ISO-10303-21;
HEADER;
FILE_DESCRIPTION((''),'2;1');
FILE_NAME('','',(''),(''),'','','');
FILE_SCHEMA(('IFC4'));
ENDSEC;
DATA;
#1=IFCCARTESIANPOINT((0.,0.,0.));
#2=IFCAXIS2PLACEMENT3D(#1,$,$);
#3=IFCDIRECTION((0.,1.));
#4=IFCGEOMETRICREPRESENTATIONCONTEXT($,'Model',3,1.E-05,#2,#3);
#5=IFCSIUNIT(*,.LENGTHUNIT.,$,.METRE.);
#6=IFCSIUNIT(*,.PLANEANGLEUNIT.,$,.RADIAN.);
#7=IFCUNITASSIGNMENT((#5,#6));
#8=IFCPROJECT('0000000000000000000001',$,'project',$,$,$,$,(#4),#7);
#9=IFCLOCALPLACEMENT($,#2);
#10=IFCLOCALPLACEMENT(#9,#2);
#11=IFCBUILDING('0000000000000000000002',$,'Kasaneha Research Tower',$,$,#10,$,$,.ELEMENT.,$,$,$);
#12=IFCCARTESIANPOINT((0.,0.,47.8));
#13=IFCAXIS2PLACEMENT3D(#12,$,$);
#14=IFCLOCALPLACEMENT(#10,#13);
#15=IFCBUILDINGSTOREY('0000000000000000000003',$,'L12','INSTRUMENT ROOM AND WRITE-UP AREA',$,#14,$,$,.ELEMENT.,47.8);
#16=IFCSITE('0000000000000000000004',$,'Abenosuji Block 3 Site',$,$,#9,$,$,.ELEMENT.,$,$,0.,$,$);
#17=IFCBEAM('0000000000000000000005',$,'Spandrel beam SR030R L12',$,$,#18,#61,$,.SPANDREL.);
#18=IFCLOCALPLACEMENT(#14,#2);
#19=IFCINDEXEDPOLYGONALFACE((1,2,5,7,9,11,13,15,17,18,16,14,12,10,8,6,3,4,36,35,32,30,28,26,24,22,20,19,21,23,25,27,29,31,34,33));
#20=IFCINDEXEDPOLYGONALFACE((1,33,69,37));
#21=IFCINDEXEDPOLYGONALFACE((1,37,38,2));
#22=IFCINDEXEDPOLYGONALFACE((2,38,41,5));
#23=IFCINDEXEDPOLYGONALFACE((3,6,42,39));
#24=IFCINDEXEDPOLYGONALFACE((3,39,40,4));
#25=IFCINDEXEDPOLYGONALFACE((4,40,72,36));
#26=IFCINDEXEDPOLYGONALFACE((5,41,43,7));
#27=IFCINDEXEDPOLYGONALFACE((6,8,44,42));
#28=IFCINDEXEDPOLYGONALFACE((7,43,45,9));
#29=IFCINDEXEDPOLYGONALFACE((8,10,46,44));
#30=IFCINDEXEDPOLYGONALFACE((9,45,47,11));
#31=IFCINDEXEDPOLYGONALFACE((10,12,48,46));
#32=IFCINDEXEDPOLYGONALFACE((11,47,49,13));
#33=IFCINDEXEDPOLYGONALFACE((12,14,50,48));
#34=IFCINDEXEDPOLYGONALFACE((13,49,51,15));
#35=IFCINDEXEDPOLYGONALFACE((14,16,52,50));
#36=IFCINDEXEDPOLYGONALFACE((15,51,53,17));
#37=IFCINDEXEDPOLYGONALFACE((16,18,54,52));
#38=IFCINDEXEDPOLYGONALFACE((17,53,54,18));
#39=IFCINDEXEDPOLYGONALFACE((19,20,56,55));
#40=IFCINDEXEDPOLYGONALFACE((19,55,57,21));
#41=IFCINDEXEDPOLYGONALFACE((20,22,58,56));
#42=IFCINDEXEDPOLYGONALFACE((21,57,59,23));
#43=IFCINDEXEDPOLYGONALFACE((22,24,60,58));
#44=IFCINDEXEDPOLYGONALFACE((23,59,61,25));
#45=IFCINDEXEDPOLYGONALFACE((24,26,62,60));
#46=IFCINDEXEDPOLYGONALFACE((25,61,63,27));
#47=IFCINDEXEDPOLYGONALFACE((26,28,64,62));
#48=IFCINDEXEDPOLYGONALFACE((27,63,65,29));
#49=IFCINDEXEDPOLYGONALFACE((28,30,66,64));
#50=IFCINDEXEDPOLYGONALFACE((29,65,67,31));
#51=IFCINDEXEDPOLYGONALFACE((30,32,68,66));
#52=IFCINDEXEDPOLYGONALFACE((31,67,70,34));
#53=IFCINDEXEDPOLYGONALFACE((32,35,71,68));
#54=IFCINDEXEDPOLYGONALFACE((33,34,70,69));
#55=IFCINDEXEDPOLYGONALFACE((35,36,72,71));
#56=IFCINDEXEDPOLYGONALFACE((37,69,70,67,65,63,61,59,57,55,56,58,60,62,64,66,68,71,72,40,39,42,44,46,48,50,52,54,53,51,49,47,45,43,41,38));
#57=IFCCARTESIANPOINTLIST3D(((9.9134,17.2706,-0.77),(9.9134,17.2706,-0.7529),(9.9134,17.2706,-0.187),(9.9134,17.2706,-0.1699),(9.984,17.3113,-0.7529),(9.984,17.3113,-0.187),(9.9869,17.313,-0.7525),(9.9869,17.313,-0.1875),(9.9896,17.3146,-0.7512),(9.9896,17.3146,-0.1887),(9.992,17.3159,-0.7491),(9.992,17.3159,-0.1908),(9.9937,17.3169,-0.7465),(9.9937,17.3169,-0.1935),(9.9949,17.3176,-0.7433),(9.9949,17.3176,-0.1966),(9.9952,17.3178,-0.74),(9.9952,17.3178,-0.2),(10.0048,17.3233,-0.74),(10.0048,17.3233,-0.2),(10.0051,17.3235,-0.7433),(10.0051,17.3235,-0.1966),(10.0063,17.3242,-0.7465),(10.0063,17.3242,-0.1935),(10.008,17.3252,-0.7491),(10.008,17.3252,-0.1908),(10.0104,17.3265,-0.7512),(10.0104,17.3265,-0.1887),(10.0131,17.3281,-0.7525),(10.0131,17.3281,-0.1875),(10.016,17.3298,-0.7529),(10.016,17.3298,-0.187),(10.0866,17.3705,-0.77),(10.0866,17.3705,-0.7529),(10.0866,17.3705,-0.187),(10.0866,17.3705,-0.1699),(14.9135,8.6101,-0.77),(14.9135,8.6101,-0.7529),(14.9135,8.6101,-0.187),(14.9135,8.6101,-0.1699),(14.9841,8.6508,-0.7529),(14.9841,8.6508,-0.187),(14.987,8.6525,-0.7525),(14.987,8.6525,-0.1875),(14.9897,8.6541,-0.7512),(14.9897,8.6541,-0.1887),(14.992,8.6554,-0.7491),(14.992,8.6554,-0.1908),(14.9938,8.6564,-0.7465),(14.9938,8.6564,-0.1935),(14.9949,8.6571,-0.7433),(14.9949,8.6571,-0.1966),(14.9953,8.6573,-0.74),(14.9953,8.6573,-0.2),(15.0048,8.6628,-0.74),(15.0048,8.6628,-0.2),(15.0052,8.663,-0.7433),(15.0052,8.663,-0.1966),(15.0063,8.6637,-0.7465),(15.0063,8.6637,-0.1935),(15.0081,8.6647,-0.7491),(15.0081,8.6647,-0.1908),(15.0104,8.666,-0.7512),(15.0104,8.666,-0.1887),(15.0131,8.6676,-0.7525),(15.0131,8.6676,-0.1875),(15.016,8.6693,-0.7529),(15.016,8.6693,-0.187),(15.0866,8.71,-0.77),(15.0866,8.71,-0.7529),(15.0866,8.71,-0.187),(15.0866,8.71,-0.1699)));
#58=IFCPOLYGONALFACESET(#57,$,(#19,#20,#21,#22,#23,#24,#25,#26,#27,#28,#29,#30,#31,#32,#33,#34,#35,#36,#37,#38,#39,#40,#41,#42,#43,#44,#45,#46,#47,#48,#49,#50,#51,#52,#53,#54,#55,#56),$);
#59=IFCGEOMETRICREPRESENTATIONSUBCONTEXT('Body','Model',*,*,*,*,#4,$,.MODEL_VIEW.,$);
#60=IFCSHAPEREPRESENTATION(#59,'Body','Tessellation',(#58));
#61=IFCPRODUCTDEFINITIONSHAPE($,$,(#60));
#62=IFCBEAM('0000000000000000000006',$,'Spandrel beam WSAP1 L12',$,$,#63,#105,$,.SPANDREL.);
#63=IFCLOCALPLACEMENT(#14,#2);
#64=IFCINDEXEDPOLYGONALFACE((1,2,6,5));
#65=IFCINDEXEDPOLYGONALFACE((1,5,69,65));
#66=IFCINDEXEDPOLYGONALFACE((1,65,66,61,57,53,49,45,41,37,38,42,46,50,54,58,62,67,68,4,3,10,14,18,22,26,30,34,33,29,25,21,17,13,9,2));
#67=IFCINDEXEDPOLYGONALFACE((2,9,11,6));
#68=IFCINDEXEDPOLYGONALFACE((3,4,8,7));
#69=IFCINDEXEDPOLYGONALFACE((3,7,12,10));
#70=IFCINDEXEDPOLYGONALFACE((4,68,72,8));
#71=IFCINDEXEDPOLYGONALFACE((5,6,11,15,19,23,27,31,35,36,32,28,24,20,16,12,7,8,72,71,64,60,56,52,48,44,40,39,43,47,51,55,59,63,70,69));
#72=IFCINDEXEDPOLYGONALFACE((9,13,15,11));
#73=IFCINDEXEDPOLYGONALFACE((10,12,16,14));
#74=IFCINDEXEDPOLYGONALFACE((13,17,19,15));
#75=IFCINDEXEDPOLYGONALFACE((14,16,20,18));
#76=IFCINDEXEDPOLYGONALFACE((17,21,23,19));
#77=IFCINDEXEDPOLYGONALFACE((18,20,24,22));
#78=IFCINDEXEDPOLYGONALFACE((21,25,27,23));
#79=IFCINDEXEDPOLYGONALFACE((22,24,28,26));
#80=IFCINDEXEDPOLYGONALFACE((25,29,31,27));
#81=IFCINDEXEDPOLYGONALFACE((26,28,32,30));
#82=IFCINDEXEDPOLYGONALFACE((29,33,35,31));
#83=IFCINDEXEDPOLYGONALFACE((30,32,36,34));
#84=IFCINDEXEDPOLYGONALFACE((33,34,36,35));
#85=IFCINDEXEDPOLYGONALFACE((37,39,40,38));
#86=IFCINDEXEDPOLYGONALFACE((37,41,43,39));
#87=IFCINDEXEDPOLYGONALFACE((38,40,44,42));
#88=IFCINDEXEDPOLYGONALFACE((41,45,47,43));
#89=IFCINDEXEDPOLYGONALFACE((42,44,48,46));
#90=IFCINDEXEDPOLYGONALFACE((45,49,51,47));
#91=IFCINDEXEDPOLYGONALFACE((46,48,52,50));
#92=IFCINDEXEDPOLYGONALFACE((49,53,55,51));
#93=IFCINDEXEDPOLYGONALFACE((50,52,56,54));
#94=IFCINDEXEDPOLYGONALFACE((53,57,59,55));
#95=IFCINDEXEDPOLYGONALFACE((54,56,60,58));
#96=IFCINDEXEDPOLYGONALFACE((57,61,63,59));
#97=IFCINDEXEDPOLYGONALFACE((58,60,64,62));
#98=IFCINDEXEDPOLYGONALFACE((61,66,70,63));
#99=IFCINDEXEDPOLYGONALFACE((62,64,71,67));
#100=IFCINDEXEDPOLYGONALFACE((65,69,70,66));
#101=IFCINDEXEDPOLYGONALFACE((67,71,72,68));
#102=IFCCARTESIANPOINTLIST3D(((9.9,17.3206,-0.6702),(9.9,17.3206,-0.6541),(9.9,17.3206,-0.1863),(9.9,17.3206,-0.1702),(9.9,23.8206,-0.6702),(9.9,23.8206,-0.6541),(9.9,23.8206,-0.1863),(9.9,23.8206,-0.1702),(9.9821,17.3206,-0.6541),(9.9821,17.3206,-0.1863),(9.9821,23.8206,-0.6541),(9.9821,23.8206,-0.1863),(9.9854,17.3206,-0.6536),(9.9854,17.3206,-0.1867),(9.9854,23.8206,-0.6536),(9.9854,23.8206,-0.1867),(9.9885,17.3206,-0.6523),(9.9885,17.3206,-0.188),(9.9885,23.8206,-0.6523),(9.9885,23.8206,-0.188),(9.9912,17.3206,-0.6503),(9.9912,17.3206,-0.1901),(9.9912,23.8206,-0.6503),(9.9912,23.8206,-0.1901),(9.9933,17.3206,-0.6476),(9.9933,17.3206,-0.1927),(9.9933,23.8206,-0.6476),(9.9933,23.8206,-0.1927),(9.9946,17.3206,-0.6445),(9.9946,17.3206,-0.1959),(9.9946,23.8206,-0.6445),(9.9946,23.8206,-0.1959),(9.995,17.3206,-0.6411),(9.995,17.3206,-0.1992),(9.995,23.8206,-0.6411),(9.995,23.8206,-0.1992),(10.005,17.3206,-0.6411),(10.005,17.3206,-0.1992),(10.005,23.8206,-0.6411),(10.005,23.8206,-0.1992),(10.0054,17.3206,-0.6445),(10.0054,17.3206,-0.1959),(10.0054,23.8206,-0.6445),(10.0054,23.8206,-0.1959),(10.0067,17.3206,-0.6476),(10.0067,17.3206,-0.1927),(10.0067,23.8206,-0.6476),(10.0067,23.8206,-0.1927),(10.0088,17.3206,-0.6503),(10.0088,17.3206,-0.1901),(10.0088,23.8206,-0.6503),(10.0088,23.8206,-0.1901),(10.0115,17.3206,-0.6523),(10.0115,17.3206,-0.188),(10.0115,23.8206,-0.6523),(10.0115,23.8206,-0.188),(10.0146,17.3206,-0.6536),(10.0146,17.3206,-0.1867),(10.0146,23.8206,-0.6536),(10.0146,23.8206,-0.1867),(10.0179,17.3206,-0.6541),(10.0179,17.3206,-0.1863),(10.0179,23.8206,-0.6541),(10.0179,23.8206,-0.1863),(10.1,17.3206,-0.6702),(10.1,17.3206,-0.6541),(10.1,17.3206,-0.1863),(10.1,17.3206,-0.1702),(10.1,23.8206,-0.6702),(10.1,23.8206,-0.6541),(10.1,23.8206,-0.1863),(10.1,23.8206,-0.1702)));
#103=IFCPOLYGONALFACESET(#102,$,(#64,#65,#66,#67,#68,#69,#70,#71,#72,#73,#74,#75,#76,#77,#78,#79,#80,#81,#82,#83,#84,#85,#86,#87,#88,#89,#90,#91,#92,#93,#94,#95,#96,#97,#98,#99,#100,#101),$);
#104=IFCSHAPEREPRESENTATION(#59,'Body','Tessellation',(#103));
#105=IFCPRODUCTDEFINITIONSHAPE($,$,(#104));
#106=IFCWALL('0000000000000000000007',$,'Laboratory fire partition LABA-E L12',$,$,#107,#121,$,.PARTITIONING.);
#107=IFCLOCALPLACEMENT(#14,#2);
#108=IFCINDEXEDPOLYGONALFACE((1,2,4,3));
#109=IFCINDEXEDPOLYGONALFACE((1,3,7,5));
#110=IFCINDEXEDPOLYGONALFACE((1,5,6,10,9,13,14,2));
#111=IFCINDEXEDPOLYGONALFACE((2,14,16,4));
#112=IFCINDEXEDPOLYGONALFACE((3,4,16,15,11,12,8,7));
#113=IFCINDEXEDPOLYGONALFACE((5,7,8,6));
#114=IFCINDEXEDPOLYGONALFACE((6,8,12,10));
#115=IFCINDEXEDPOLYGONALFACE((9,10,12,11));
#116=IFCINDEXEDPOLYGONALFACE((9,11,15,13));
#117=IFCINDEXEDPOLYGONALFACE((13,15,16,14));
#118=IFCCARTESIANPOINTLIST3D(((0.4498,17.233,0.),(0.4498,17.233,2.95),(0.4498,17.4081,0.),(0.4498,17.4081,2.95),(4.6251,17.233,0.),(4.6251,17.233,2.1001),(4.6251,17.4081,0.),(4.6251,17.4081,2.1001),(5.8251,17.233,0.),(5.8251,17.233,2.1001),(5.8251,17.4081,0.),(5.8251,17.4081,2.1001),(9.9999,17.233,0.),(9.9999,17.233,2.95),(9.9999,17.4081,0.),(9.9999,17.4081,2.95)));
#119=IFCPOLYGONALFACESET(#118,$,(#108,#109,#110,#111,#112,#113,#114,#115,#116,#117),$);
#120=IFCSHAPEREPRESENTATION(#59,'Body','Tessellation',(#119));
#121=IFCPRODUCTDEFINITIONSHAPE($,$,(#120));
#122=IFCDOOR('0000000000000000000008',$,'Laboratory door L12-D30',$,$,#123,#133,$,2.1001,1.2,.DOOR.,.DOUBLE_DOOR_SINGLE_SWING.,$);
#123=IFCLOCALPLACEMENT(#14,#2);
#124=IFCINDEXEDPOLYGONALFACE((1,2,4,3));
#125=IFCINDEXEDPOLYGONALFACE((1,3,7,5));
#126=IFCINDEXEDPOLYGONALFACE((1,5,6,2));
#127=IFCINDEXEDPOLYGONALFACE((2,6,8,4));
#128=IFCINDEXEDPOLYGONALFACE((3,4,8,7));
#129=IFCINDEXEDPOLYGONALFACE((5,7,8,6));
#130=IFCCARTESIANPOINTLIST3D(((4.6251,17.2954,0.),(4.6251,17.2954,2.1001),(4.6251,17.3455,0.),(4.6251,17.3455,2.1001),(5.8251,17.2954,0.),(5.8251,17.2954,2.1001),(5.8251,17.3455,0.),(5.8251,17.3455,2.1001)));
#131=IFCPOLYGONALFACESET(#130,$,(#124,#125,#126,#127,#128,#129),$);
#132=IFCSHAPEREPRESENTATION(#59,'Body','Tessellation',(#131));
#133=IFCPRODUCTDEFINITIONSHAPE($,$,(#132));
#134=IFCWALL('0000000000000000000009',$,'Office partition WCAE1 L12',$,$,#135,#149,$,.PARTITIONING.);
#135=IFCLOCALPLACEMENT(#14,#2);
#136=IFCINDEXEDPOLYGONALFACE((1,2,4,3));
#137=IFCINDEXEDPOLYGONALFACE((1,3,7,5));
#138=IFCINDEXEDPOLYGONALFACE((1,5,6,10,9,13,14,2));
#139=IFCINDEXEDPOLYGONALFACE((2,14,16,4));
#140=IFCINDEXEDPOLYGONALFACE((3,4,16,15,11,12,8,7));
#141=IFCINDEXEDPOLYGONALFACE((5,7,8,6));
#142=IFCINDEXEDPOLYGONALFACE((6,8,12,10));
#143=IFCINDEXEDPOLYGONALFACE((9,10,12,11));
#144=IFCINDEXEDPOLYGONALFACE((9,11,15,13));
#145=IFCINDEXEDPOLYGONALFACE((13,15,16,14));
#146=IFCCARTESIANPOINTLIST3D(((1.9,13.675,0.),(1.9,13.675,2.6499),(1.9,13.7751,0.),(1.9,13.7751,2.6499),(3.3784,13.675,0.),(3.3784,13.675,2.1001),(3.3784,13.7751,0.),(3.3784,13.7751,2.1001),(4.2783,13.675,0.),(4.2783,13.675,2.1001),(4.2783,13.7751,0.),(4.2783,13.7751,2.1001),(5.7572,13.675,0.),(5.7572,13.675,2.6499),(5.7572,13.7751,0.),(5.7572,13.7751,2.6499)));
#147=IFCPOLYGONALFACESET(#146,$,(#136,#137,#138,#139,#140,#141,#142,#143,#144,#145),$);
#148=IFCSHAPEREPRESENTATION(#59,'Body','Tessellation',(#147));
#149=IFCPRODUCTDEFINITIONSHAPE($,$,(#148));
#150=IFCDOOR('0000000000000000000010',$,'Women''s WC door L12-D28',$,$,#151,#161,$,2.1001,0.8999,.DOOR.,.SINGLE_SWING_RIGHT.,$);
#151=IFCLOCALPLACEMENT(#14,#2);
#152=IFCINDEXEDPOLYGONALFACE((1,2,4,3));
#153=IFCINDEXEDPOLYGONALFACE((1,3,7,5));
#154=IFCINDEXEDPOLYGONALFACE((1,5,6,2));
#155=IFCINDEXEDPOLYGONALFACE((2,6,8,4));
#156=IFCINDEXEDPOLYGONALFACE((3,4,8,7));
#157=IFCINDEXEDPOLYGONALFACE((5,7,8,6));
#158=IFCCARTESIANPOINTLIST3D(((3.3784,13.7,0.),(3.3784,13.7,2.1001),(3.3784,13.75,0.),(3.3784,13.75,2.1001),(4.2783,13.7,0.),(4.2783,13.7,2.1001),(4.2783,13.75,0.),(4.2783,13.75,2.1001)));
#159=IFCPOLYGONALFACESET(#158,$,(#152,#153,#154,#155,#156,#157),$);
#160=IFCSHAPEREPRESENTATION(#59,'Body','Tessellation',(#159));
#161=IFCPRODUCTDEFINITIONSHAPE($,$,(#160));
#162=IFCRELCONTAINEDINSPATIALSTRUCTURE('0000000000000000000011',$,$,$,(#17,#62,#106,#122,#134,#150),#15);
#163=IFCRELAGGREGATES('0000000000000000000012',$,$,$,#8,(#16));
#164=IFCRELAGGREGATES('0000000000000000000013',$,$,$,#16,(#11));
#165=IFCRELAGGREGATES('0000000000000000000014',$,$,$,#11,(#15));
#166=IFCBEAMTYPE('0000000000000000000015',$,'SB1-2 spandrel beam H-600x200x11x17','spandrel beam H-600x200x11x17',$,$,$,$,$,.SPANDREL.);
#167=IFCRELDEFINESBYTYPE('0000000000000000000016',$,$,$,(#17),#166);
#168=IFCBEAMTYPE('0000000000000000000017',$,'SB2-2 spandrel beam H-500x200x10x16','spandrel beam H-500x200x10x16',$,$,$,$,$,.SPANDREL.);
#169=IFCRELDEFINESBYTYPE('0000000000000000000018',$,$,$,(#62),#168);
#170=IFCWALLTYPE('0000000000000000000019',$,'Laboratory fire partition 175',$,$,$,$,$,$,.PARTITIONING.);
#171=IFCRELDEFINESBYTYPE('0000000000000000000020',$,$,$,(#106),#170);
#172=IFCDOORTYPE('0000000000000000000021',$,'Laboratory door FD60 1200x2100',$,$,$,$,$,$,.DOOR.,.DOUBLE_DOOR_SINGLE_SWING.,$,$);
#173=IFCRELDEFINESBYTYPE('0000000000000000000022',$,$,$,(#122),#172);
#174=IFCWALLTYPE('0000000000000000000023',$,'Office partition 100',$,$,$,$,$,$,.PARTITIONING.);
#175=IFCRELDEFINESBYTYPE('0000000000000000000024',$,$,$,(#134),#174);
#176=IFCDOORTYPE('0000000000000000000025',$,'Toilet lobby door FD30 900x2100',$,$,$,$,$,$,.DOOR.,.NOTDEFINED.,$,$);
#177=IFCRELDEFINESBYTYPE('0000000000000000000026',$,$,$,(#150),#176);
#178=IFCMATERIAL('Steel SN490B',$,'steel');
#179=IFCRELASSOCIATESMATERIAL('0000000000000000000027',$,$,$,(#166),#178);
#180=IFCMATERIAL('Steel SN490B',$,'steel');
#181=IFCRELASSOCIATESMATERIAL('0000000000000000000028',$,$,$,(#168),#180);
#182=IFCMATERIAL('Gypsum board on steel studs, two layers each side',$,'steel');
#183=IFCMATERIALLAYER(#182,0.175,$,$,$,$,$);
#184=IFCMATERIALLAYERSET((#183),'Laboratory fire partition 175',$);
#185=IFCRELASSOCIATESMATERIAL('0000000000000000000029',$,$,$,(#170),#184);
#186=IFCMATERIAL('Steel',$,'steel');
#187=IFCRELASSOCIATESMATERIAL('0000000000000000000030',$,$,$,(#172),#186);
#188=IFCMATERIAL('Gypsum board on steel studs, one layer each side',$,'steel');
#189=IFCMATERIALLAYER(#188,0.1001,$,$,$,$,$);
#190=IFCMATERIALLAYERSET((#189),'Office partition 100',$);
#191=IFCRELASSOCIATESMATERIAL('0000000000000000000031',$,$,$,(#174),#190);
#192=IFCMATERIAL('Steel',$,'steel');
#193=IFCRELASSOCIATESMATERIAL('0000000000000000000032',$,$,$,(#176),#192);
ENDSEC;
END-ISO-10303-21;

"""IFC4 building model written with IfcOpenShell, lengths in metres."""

from ifc_helpers import new_model, si_unit, direction, frame, frame_2d, origin, origin_2d, place, context, subcontext, project, spatial, rectangle, i_section, extrude, material, layer, layer_set, material_profile, profile_set, type_object, element, fill, save


model = new_model("IFC4")

# Units and contexts
model_context = context("Model", 3, precision=1e-05, world=origin(), true_north=direction((0.0, 1.0)))
body_context = subcontext(model_context, "Body", "Model", "MODEL_VIEW")
ifc_project = project(units=[si_unit("LENGTHUNIT", "METRE"), si_unit("PLANEANGLEUNIT", "RADIAN")], contexts=[model_context])

# Site, building, storey
site_placement = place(None, origin())
site = spatial("IfcSite", under=ifc_project, at=site_placement, Name="Abenosuji Block 3 Site", CompositionType="ELEMENT", RefElevation=0.0)
building_placement = place(site_placement, origin())
building = spatial("IfcBuilding", under=site, at=building_placement, Name="Kasaneha Research Tower", CompositionType="ELEMENT")
storey_placement = place(building_placement, frame((0.0, 0.0, 47.8)))
storey = spatial("IfcBuildingStorey", under=building, at=storey_placement, Name="L12", Description="INSTRUMENT ROOM AND WRITE-UP AREA", CompositionType="ELEMENT", Elevation=47.8)

# Beams
ifc_material_1 = material(Name="Steel SN490B", Category="steel")
ifc_material_profile_1 = material_profile(ifc_material_1, i_section(OverallWidth=0.2, OverallDepth=0.6001, WebThickness=0.011, FlangeThickness=0.0171, FilletRadius=0.0129, at=origin_2d()), Name="H-600x200x11x17")
ifc_profile_set_1 = profile_set([ifc_material_profile_1], Name="Steel SN490B")
beam_type_1 = type_object("IfcBeamType", Name="SB1-2 spandrel beam H-600x200x11x17", Description="spandrel beam H-600x200x11x17", PredefinedType="SPANDREL", material=ifc_profile_set_1)
beam_1_placement = place(storey_placement, frame((10.0, 17.3206, -0.47), z_axis=(0.499994, -0.866029, 0.0), x_axis=(0.866029, 0.499994, 0.0)))
element("IfcBeam", 1, at=beam_1_placement, inside=storey, type_object=beam_type_1, Name="Spandrel beam SR030R L12", PredefinedType="SPANDREL", context=body_context, shape_type="SweptSolid", body=[
    extrude(i_section(OverallWidth=0.2, OverallDepth=0.6001, WebThickness=0.011, FlangeThickness=0.0171, FilletRadius=0.0129, at=origin_2d()), origin(), (0.0, 0.0, 1.0), 10.0002),
])
ifc_material_2 = material(Name="Steel SN490B", Category="steel")
ifc_material_profile_2 = material_profile(ifc_material_2, i_section(OverallWidth=0.2, OverallDepth=0.5, WebThickness=0.01, FlangeThickness=0.0161, FilletRadius=0.0129, at=origin_2d()), Name="H-500x200x10x16")
ifc_profile_set_2 = profile_set([ifc_material_profile_2], Name="Steel SN490B")
beam_type_2 = type_object("IfcBeamType", Name="SB2-2 spandrel beam H-500x200x10x16", Description="spandrel beam H-500x200x10x16", PredefinedType="SPANDREL", material=ifc_profile_set_2)
beam_2_placement = place(storey_placement, frame((10.0, 17.3206, -0.4202), z_axis=(0.0, 1.0, 0.0), x_axis=(-1.0, 0.0, 0.0)))
element("IfcBeam", 2, at=beam_2_placement, inside=storey, type_object=beam_type_2, Name="Spandrel beam WSAP1 L12", PredefinedType="SPANDREL", context=body_context, shape_type="SweptSolid", body=[
    extrude(i_section(OverallWidth=0.2, OverallDepth=0.5, WebThickness=0.01, FlangeThickness=0.0161, FilletRadius=0.0129, at=origin_2d()), origin(), (0.0, 0.0, 1.0), 6.5),
])

# Walls, openings, doors
ifc_material_3 = material(Name="Gypsum board on steel studs, two layers each side", Category="steel")
ifc_layer_1 = layer(ifc_material_3, 0.175)
ifc_layer_set_1 = layer_set([ifc_layer_1], Name="Laboratory fire partition 175")
wall_type_1 = type_object("IfcWallType", Name="Laboratory fire partition 175", PredefinedType="PARTITIONING", material=ifc_layer_set_1)
wall_1_placement = place(storey_placement, frame((0.45, 17.3206, 0.0), z_axis=(0.0, 0.0, 1.0), x_axis=(1.0, 0.0, 0.0)))
wall_1 = element("IfcWall", 3, at=wall_1_placement, inside=storey, type_object=wall_type_1, Name="Laboratory fire partition LABA-E L12", PredefinedType="PARTITIONING", context=body_context, shape_type="SweptSolid", body=[
    extrude(rectangle(XDim=9.55, YDim=0.175, at=frame_2d((4.7749, 0.0))), origin(), (0.0, 0.0, 1.0), 2.95),
])
opening_1_placement = place(wall_1_placement, frame((4.175, 0.0, 0.0)))
opening_1 = element("IfcOpeningElement", 4, at=opening_1_placement, cuts=wall_1, PredefinedType="OPENING", context=body_context, shape_type="SweptSolid", body=[
    extrude(rectangle(XDim=1.2, YDim=2.1001, at=frame_2d((0.6001, 1.05))), frame((0.0, 0.0977, 0.0), z_axis=(0.0, -1.0, 0.0), x_axis=(1.0, 0.0, 0.0)), (0.0, 0.0, 1.0), 0.1951),
])
ifc_material_4 = material(Name="Steel", Category="steel")
door_type_1 = type_object("IfcDoorType", Name="Laboratory door FD60 1200x2100", OperationType="DOUBLE_DOOR_SINGLE_SWING", PredefinedType="DOOR", material=ifc_material_4)
door_1_placement = place(opening_1_placement, origin())
door_1 = element("IfcDoor", 5, at=door_1_placement, inside=storey, type_object=door_type_1, Name="Laboratory door L12-D30", OperationType="DOUBLE_DOOR_SINGLE_SWING", OverallHeight=2.1001, OverallWidth=1.2, PredefinedType="DOOR", context=body_context, shape_type="SweptSolid", body=[
    extrude(rectangle(XDim=1.2, YDim=2.1001, at=frame_2d((0.6001, 1.05))), frame((0.0, 0.0249, 0.0), z_axis=(0.0, -1.0, 0.0), x_axis=(1.0, 0.0, 0.0)), (0.0, 0.0, 1.0), 0.05),
])
fill(opening_1, door_1)
ifc_material_5 = material(Name="Gypsum board on steel studs, one layer each side", Category="steel")
ifc_layer_2 = layer(ifc_material_5, 0.1001)
ifc_layer_set_2 = layer_set([ifc_layer_2], Name="Office partition 100")
wall_type_2 = type_object("IfcWallType", Name="Office partition 100", PredefinedType="PARTITIONING", material=ifc_layer_set_2)
wall_2_placement = place(storey_placement, frame((1.8999, 13.7251, 0.0), z_axis=(0.0, 0.0, 1.0), x_axis=(1.0, 0.0, 0.0)))
wall_2 = element("IfcWall", 6, at=wall_2_placement, inside=storey, type_object=wall_type_2, Name="Office partition WCAE1 L12", PredefinedType="PARTITIONING", context=body_context, shape_type="SweptSolid", body=[
    extrude(rectangle(XDim=3.8572, YDim=0.1001, at=frame_2d((1.9287, 0.0))), origin(), (0.0, 0.0, 1.0), 2.6499),
])
opening_2_placement = place(wall_2_placement, frame((1.4785, 0.0, 0.0)))
opening_2 = element("IfcOpeningElement", 7, at=opening_2_placement, cuts=wall_2, PredefinedType="OPENING", context=body_context, shape_type="SweptSolid", body=[
    extrude(rectangle(XDim=0.8999, YDim=2.1001, at=frame_2d((0.45, 1.05))), frame((0.0, 0.0601, 0.0), z_axis=(0.0, -1.0, 0.0), x_axis=(1.0, 0.0, 0.0)), (0.0, 0.0, 1.0), 0.1201),
])
ifc_material_6 = material(Name="Steel", Category="steel")
door_type_2 = type_object("IfcDoorType", Name="Toilet lobby door FD30 900x2100", OperationType="NOTDEFINED", PredefinedType="DOOR", material=ifc_material_6)
door_2_placement = place(opening_2_placement, origin())
door_2 = element("IfcDoor", 8, at=door_2_placement, inside=storey, type_object=door_type_2, Name="Women's WC door L12-D28", OperationType="SINGLE_SWING_RIGHT", OverallHeight=2.1001, OverallWidth=0.8999, PredefinedType="DOOR", context=body_context, shape_type="SweptSolid", body=[
    extrude(rectangle(XDim=0.8999, YDim=2.1001, at=frame_2d((0.45, 1.05))), frame((0.0, 0.0249, 0.0), z_axis=(0.0, -1.0, 0.0), x_axis=(1.0, 0.0, 0.0)), (0.0, 0.0, 1.0), 0.05),
])
fill(opening_2, door_2)

save(model, "model.ifc")
